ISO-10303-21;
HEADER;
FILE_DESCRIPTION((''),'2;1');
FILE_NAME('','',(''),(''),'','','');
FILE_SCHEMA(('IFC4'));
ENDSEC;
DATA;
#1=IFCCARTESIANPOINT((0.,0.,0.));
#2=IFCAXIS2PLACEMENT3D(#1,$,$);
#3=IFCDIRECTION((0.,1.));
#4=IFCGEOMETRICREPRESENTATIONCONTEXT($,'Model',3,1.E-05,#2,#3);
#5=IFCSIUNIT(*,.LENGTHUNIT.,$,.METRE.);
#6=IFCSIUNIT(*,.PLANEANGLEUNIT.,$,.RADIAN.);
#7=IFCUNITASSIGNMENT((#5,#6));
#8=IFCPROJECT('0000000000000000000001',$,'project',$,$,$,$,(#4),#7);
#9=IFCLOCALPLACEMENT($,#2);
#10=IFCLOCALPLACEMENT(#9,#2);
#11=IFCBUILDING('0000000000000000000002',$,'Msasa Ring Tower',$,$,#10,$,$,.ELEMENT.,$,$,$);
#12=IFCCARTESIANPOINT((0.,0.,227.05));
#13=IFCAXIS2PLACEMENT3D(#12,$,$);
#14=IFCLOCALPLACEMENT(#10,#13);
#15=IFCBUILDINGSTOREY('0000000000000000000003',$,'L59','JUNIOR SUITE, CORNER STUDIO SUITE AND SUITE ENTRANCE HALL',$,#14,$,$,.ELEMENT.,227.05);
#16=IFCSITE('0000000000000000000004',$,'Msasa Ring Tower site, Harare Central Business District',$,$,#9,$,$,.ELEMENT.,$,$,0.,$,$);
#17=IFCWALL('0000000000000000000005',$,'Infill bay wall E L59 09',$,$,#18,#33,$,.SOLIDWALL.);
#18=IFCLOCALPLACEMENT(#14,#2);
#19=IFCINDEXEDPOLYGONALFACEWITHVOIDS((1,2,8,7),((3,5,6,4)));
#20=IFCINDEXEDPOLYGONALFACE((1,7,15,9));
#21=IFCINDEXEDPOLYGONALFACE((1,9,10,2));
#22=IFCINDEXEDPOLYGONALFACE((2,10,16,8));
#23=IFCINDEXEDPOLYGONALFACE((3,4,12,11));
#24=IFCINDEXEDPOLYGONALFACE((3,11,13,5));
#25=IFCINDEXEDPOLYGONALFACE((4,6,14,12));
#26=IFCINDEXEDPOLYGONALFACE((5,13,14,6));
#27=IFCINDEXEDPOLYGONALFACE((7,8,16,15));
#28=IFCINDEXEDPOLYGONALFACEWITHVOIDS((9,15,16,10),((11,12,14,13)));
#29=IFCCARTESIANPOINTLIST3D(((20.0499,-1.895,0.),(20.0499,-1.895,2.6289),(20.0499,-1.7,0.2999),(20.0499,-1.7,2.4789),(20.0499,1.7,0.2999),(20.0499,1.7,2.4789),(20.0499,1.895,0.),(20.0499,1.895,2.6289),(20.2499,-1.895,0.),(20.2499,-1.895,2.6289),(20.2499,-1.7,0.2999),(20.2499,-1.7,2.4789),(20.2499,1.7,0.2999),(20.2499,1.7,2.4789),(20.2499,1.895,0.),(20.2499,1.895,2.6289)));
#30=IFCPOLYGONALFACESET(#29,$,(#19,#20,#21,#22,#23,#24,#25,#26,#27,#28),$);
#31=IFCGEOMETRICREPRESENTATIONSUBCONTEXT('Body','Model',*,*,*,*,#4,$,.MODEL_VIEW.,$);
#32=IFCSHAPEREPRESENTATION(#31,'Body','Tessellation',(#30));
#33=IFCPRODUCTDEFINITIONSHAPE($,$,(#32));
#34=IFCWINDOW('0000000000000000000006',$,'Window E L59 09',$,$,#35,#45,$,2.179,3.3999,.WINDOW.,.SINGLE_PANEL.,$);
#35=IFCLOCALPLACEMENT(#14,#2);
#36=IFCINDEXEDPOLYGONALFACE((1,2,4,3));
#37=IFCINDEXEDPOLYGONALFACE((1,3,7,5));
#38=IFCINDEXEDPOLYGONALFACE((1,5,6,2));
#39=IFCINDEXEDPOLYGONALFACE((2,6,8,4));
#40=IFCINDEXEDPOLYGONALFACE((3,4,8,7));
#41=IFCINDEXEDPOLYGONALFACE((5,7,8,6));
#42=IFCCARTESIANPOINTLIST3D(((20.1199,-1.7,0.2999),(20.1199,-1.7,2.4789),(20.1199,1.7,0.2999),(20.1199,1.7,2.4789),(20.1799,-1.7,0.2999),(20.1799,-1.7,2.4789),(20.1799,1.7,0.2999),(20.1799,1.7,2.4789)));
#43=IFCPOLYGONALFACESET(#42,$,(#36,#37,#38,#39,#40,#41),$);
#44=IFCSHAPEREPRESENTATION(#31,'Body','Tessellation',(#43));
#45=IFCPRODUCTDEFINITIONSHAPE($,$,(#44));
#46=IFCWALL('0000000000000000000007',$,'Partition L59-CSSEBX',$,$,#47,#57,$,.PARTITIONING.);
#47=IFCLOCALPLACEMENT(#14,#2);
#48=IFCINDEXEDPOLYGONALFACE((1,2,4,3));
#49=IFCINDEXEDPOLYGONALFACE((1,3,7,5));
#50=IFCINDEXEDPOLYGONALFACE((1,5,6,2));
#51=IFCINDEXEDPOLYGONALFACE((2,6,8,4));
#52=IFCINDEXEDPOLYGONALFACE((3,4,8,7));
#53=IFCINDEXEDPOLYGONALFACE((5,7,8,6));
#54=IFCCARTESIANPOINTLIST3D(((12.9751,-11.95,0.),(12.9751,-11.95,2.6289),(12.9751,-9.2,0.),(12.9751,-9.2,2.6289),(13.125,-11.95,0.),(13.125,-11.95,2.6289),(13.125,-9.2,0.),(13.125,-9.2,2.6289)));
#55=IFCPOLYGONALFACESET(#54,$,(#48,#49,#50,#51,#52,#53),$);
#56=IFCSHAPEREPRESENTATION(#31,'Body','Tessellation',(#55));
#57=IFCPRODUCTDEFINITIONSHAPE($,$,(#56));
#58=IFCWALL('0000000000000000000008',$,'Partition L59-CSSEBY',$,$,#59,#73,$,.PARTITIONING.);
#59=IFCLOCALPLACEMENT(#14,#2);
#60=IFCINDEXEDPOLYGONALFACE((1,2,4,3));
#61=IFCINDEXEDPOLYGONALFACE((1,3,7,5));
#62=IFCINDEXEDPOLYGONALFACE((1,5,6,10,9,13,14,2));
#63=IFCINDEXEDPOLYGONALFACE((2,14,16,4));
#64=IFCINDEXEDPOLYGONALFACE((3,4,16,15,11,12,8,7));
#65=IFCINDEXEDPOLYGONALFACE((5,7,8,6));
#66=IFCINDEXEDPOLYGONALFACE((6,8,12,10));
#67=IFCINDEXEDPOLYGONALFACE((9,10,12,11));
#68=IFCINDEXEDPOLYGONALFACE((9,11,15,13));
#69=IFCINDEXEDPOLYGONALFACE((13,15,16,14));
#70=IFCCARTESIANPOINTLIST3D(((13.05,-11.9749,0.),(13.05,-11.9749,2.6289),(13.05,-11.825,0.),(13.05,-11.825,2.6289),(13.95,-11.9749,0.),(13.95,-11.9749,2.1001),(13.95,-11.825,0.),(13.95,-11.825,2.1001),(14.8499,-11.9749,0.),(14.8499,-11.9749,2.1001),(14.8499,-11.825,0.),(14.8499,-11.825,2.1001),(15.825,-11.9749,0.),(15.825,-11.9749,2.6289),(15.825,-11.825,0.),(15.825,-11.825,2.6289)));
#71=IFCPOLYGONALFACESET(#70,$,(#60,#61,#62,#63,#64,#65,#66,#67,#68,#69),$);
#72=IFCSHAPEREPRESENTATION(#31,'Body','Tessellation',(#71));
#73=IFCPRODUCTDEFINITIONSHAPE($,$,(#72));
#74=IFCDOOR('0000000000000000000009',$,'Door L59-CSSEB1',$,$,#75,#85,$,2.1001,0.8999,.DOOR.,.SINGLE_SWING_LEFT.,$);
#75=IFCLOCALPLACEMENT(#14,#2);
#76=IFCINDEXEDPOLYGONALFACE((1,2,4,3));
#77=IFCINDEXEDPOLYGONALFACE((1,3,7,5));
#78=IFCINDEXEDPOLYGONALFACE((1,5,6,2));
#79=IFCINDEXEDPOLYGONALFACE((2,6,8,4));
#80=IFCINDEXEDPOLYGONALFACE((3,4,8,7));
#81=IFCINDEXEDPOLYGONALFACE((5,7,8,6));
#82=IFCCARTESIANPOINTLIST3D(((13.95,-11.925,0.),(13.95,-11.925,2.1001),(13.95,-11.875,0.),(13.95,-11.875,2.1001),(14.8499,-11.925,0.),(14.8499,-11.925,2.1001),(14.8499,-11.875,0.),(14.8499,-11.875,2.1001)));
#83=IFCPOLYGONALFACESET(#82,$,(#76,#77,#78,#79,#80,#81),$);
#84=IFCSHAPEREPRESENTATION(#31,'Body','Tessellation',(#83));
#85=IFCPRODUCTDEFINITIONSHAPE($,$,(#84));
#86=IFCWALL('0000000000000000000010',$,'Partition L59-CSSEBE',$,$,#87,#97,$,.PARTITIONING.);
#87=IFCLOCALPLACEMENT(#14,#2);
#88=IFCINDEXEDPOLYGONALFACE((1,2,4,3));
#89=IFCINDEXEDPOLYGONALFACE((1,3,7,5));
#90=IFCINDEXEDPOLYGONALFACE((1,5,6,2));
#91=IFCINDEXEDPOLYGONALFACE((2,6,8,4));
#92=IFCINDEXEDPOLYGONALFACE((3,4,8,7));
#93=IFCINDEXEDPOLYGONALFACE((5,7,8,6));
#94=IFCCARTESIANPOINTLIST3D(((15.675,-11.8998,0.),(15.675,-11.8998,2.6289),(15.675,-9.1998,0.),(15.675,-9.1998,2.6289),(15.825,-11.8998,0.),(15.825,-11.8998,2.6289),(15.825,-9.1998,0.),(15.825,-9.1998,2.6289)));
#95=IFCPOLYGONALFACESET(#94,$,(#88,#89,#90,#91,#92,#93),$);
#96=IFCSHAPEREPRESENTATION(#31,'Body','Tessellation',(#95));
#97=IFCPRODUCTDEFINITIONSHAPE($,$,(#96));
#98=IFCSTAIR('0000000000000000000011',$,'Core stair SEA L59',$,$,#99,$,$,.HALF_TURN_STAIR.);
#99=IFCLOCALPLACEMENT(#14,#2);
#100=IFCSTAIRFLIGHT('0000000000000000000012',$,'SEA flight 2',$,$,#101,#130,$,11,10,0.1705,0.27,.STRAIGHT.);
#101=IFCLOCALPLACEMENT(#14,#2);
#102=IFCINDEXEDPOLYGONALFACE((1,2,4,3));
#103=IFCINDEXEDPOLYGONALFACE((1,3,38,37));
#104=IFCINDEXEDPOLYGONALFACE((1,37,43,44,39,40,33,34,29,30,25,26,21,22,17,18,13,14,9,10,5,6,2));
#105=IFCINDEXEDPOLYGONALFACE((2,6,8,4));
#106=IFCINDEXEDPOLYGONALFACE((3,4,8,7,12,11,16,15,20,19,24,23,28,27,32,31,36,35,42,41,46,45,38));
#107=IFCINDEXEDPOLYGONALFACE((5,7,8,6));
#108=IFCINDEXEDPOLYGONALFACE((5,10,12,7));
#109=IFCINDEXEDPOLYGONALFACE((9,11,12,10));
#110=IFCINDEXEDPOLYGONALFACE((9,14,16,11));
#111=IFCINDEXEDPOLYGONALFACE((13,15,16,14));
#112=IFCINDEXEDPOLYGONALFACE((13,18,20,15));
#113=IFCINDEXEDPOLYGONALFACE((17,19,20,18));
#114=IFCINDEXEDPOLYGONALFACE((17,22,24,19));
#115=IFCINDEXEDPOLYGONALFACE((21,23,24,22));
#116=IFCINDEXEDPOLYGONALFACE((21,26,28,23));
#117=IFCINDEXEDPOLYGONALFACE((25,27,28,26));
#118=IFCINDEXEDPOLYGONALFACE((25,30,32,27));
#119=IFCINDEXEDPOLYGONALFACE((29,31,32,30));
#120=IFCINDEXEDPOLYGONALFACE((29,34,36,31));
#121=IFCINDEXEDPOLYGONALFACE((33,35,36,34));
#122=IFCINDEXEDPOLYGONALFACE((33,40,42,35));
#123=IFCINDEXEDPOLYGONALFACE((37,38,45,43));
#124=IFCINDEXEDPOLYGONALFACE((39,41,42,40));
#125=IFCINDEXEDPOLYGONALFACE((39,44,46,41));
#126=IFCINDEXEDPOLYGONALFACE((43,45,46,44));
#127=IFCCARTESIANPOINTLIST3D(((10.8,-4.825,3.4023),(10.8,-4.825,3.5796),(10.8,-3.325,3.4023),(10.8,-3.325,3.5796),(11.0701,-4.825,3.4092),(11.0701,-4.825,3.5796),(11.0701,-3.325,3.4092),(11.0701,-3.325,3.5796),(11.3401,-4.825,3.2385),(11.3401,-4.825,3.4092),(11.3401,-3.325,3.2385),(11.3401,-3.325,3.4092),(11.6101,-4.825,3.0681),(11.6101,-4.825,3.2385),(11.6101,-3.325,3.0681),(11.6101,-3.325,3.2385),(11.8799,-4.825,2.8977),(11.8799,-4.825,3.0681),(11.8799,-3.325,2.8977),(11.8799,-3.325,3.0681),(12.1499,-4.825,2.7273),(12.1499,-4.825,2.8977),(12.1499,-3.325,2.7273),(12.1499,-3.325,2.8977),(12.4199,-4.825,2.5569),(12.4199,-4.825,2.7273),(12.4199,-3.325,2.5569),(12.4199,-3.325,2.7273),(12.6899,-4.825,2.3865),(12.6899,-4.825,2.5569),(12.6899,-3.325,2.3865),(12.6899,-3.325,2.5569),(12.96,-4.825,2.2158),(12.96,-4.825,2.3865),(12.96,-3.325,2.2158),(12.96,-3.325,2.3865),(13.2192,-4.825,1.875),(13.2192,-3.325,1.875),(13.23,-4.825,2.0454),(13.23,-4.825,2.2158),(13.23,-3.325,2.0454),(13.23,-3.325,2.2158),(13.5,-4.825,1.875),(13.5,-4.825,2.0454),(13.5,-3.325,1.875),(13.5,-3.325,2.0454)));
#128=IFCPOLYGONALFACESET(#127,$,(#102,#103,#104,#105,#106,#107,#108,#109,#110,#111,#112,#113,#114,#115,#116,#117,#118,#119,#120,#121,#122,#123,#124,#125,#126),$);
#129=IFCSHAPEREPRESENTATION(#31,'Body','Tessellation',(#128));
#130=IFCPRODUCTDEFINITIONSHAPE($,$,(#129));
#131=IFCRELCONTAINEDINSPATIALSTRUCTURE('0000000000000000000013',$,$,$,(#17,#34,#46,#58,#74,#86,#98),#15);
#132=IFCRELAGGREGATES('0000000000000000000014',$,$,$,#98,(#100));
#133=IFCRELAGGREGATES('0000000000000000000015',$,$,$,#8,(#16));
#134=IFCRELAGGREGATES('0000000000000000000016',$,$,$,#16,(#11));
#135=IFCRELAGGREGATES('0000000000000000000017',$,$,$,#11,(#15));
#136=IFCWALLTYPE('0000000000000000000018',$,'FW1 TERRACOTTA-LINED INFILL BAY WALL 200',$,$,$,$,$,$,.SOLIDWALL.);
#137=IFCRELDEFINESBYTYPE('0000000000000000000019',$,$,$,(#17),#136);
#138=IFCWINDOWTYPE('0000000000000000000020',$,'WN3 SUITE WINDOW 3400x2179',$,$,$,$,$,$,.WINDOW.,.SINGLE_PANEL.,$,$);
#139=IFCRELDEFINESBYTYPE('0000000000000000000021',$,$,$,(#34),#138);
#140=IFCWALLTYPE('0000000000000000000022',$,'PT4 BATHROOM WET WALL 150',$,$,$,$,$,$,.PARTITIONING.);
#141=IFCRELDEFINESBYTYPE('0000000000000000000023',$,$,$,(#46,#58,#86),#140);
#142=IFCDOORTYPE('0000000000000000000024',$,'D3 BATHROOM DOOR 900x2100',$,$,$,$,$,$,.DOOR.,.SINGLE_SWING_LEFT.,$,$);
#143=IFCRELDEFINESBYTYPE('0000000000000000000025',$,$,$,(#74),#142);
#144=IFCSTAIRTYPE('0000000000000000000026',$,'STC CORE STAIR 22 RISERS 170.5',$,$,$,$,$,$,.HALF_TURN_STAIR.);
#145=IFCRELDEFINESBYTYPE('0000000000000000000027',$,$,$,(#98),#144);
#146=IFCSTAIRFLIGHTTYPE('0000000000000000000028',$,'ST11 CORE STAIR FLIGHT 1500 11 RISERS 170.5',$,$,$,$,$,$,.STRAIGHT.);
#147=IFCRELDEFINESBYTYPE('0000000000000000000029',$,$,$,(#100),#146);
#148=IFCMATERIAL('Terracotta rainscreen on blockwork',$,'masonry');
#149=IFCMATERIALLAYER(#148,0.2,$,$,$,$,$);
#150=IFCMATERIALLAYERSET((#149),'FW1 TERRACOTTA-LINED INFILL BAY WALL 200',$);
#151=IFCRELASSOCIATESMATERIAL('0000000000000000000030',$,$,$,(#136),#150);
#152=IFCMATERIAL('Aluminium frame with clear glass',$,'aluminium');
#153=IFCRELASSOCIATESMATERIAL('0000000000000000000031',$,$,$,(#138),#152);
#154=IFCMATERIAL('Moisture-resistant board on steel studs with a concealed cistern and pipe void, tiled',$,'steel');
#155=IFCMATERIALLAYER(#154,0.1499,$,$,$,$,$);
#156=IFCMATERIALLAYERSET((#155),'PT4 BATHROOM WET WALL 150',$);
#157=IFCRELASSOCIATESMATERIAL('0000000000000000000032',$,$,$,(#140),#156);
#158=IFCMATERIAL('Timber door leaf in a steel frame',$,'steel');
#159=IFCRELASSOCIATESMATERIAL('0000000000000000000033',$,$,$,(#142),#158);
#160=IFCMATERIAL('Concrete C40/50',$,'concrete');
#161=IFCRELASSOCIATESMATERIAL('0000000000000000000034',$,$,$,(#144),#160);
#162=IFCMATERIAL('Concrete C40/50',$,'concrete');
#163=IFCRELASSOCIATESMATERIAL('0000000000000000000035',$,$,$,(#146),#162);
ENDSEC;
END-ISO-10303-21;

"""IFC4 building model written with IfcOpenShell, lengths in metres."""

from ifc_helpers import new_model, si_unit, direction, frame, frame_2d, origin, place, context, subcontext, project, spatial, polyline, rectangle, outline, extrude, material, layer, layer_set, type_object, element, fill, aggregate, save


model = new_model("IFC4")

# Units and contexts
model_context = context("Model", 3, precision=1e-05, world=origin(), true_north=direction((0.0, 1.0)))
body_context = subcontext(model_context, "Body", "Model", "MODEL_VIEW")
ifc_project = project(units=[si_unit("LENGTHUNIT", "METRE"), si_unit("PLANEANGLEUNIT", "RADIAN")], contexts=[model_context])

# Site, building, storey
site_placement = place(None, origin())
site = spatial("IfcSite", under=ifc_project, at=site_placement, Name="Msasa Ring Tower site, Harare Central Business District", CompositionType="ELEMENT", RefElevation=0.0)
building_placement = place(site_placement, origin())
building = spatial("IfcBuilding", under=site, at=building_placement, Name="Msasa Ring Tower", CompositionType="ELEMENT")
storey_placement = place(building_placement, frame((0.0, 0.0, 227.05)))
storey = spatial("IfcBuildingStorey", under=building, at=storey_placement, Name="L59", Description="JUNIOR SUITE, CORNER STUDIO SUITE AND SUITE ENTRANCE HALL", CompositionType="ELEMENT", Elevation=227.05)

# Wall, opening, window
ifc_material_1 = material(Name="Terracotta rainscreen on blockwork", Category="masonry")
ifc_layer_1 = layer(ifc_material_1, 0.2)
ifc_layer_set_1 = layer_set([ifc_layer_1], Name="FW1 TERRACOTTA-LINED INFILL BAY WALL 200")
wall_type_1 = type_object("IfcWallType", Name="FW1 TERRACOTTA-LINED INFILL BAY WALL 200", PredefinedType="SOLIDWALL", material=ifc_layer_set_1)
ifc_material_2 = material(Name="Aluminium frame with clear glass", Category="aluminium")
window_type = type_object("IfcWindowType", Name="WN3 SUITE WINDOW 3400x2179", PartitioningType="SINGLE_PANEL", PredefinedType="WINDOW", material=ifc_material_2)
wall_1_placement = place(storey_placement, frame((20.1499, -1.895, 0.0), z_axis=(0.0, 0.0, 1.0), x_axis=(0.0, 1.0, 0.0)))
wall_1 = element("IfcWall", 1, at=wall_1_placement, inside=storey, type_object=wall_type_1, Name="Infill bay wall E L59 09", PredefinedType="SOLIDWALL", context=body_context, shape_type="SweptSolid", body=[
    extrude(rectangle(XDim=3.79, YDim=0.2, at=frame_2d((1.895, 0.0))), origin(), (0.0, 0.0, 1.0), 2.6289),
])
opening_1_placement = place(wall_1_placement, frame((0.1951, 0.0, 0.3)))
opening_1 = element("IfcOpeningElement", 2, at=opening_1_placement, cuts=wall_1, PredefinedType="OPENING", context=body_context, shape_type="SweptSolid", body=[
    extrude(rectangle(XDim=3.3999, YDim=2.179, at=frame_2d((1.7, 1.0894))), frame((0.0, 0.1099, 0.0), z_axis=(0.0, -1.0, 0.0), x_axis=(1.0, 0.0, 0.0)), (0.0, 0.0, 1.0), 0.22),
])
window_1_placement = place(opening_1_placement, origin())
window_1 = element("IfcWindow", 3, at=window_1_placement, inside=storey, type_object=window_type, Name="Window E L59 09", OverallHeight=2.179, OverallWidth=3.3999, PartitioningType="SINGLE_PANEL", PredefinedType="WINDOW", context=body_context, shape_type="SweptSolid", body=[
    extrude(rectangle(XDim=3.3999, YDim=2.179, at=frame_2d((1.7, 1.0894))), frame((0.0, 0.03, 0.0), z_axis=(0.0, -1.0, 0.0), x_axis=(1.0, 0.0, 0.0)), (0.0, 0.0, 1.0), 0.0601),
])
fill(opening_1, window_1)

# Wall
ifc_material_3 = material(Name="Moisture-resistant board on steel studs with a concealed cistern and pipe void, tiled", Category="steel")
ifc_layer_2 = layer(ifc_material_3, 0.1499)
ifc_layer_set_2 = layer_set([ifc_layer_2], Name="PT4 BATHROOM WET WALL 150")
wall_type_2 = type_object("IfcWallType", Name="PT4 BATHROOM WET WALL 150", PredefinedType="PARTITIONING", material=ifc_layer_set_2)
wall_2_placement = place(storey_placement, frame((13.05, -11.95, 0.0), z_axis=(0.0, 0.0, 1.0), x_axis=(0.0, 1.0, 0.0)))
element("IfcWall", 4, at=wall_2_placement, inside=storey, type_object=wall_type_2, Name="Partition L59-CSSEBX", PredefinedType="PARTITIONING", context=body_context, shape_type="SweptSolid", body=[
    extrude(rectangle(XDim=2.75, YDim=0.1499, at=frame_2d((1.375, 0.0))), origin(), (0.0, 0.0, 1.0), 2.6289),
])

# Wall, opening, door
wall_3_placement = place(storey_placement, frame((13.05, -11.8999, 0.0), z_axis=(0.0, 0.0, 1.0), x_axis=(1.0, 0.0, 0.0)))
wall_3 = element("IfcWall", 5, at=wall_3_placement, inside=storey, type_object=wall_type_2, Name="Partition L59-CSSEBY", PredefinedType="PARTITIONING", context=body_context, shape_type="SweptSolid", body=[
    extrude(rectangle(XDim=2.7749, YDim=0.1499, at=frame_2d((1.3875, 0.0))), origin(), (0.0, 0.0, 1.0), 2.6289),
])
opening_2_placement = place(wall_3_placement, frame((0.8999, 0.0, 0.0)))
opening_2 = element("IfcOpeningElement", 6, at=opening_2_placement, cuts=wall_3, PredefinedType="OPENING", context=body_context, shape_type="SweptSolid", body=[
    extrude(rectangle(XDim=0.8999, YDim=2.1001, at=frame_2d((0.45, 1.05))), frame((0.0, 0.085, 0.0), z_axis=(0.0, -1.0, 0.0), x_axis=(1.0, 0.0, 0.0)), (0.0, 0.0, 1.0), 0.1699),
])
ifc_material_4 = material(Name="Timber door leaf in a steel frame", Category="steel")
door_type_1 = type_object("IfcDoorType", Name="D3 BATHROOM DOOR 900x2100", OperationType="SINGLE_SWING_LEFT", PredefinedType="DOOR", material=ifc_material_4)
door_1_placement = place(opening_2_placement, origin())
door_1 = element("IfcDoor", 7, at=door_1_placement, inside=storey, type_object=door_type_1, Name="Door L59-CSSEB1", OperationType="SINGLE_SWING_LEFT", OverallHeight=2.1001, OverallWidth=0.8999, PredefinedType="DOOR", context=body_context, shape_type="SweptSolid", body=[
    extrude(rectangle(XDim=0.8999, YDim=2.1001, at=frame_2d((0.45, 1.05))), frame((0.0, 0.0249, 0.0), z_axis=(0.0, -1.0, 0.0), x_axis=(1.0, 0.0, 0.0)), (0.0, 0.0, 1.0), 0.05),
])
fill(opening_2, door_1)

# Wall
wall_4_placement = place(storey_placement, frame((15.75, -11.8999, 0.0), z_axis=(0.0, 0.0, 1.0), x_axis=(0.0, 1.0, 0.0)))
element("IfcWall", 8, at=wall_4_placement, inside=storey, type_object=wall_type_2, Name="Partition L59-CSSEBE", PredefinedType="PARTITIONING", context=body_context, shape_type="SweptSolid", body=[
    extrude(rectangle(XDim=2.7, YDim=0.1499, at=frame_2d((1.3501, 0.0))), origin(), (0.0, 0.0, 1.0), 2.6289),
])

# Stair, stair flight
ifc_material_5 = material(Name="Concrete C40/50", Category="concrete")
stair_type = type_object("IfcStairType", Name="STC CORE STAIR 22 RISERS 170.5", PredefinedType="HALF_TURN_STAIR", material=ifc_material_5)
stair_placement = place(storey_placement, origin())
stair = element("IfcStair", 9, at=stair_placement, inside=storey, type_object=stair_type, Name="Core stair SEA L59", PredefinedType="HALF_TURN_STAIR")
ifc_material_6 = material(Name="Concrete C40/50", Category="concrete")
stair_flight_type = type_object("IfcStairFlightType", Name="ST11 CORE STAIR FLIGHT 1500 11 RISERS 170.5", PredefinedType="STRAIGHT", material=ifc_material_6)
stair_flight_placement = place(storey_placement, frame((13.5, -4.075, 1.875), z_axis=(0.0, 0.0, 1.0), x_axis=(-1.0, 0.0, 0.0)))
stair_flight = element("IfcStairFlight", 10, at=stair_flight_placement, type_object=stair_flight_type, Name="SEA flight 2", NumberOfRisers=11, NumberOfTreads=10, PredefinedType="STRAIGHT", RiserHeight=0.1705, TreadLength=0.27, context=body_context, shape_type="SweptSolid", body=[
    extrude(outline(polyline([(0.0, 0.0), (0.0, 0.1704), (0.27, 0.1704), (0.27, 0.3408), (0.54, 0.3408), (0.54, 0.5115), (0.8101, 0.5115), (0.8101, 0.6819), (1.0801, 0.6819), (1.0801, 0.8523), (1.3501, 0.8523), (1.3501, 1.0227), (1.6201, 1.0227), (1.6201, 1.1931), (1.8899, 1.1931), (1.8899, 1.3635), (2.1599, 1.3635), (2.1599, 1.5342), (2.4299, 1.5342), (2.4299, 1.7046), (2.7, 1.7046), (2.7, 1.875), (2.7, 1.5273), (0.2808, 0.0), (0.0, 0.0)])), frame((0.0, 0.75, 0.0), z_axis=(0.0, -1.0, 0.0), x_axis=(1.0, 0.0, 0.0)), (0.0, 0.0, 1.0), 1.5),
])
aggregate(stair, [stair_flight])

save(model, "model.ifc")
